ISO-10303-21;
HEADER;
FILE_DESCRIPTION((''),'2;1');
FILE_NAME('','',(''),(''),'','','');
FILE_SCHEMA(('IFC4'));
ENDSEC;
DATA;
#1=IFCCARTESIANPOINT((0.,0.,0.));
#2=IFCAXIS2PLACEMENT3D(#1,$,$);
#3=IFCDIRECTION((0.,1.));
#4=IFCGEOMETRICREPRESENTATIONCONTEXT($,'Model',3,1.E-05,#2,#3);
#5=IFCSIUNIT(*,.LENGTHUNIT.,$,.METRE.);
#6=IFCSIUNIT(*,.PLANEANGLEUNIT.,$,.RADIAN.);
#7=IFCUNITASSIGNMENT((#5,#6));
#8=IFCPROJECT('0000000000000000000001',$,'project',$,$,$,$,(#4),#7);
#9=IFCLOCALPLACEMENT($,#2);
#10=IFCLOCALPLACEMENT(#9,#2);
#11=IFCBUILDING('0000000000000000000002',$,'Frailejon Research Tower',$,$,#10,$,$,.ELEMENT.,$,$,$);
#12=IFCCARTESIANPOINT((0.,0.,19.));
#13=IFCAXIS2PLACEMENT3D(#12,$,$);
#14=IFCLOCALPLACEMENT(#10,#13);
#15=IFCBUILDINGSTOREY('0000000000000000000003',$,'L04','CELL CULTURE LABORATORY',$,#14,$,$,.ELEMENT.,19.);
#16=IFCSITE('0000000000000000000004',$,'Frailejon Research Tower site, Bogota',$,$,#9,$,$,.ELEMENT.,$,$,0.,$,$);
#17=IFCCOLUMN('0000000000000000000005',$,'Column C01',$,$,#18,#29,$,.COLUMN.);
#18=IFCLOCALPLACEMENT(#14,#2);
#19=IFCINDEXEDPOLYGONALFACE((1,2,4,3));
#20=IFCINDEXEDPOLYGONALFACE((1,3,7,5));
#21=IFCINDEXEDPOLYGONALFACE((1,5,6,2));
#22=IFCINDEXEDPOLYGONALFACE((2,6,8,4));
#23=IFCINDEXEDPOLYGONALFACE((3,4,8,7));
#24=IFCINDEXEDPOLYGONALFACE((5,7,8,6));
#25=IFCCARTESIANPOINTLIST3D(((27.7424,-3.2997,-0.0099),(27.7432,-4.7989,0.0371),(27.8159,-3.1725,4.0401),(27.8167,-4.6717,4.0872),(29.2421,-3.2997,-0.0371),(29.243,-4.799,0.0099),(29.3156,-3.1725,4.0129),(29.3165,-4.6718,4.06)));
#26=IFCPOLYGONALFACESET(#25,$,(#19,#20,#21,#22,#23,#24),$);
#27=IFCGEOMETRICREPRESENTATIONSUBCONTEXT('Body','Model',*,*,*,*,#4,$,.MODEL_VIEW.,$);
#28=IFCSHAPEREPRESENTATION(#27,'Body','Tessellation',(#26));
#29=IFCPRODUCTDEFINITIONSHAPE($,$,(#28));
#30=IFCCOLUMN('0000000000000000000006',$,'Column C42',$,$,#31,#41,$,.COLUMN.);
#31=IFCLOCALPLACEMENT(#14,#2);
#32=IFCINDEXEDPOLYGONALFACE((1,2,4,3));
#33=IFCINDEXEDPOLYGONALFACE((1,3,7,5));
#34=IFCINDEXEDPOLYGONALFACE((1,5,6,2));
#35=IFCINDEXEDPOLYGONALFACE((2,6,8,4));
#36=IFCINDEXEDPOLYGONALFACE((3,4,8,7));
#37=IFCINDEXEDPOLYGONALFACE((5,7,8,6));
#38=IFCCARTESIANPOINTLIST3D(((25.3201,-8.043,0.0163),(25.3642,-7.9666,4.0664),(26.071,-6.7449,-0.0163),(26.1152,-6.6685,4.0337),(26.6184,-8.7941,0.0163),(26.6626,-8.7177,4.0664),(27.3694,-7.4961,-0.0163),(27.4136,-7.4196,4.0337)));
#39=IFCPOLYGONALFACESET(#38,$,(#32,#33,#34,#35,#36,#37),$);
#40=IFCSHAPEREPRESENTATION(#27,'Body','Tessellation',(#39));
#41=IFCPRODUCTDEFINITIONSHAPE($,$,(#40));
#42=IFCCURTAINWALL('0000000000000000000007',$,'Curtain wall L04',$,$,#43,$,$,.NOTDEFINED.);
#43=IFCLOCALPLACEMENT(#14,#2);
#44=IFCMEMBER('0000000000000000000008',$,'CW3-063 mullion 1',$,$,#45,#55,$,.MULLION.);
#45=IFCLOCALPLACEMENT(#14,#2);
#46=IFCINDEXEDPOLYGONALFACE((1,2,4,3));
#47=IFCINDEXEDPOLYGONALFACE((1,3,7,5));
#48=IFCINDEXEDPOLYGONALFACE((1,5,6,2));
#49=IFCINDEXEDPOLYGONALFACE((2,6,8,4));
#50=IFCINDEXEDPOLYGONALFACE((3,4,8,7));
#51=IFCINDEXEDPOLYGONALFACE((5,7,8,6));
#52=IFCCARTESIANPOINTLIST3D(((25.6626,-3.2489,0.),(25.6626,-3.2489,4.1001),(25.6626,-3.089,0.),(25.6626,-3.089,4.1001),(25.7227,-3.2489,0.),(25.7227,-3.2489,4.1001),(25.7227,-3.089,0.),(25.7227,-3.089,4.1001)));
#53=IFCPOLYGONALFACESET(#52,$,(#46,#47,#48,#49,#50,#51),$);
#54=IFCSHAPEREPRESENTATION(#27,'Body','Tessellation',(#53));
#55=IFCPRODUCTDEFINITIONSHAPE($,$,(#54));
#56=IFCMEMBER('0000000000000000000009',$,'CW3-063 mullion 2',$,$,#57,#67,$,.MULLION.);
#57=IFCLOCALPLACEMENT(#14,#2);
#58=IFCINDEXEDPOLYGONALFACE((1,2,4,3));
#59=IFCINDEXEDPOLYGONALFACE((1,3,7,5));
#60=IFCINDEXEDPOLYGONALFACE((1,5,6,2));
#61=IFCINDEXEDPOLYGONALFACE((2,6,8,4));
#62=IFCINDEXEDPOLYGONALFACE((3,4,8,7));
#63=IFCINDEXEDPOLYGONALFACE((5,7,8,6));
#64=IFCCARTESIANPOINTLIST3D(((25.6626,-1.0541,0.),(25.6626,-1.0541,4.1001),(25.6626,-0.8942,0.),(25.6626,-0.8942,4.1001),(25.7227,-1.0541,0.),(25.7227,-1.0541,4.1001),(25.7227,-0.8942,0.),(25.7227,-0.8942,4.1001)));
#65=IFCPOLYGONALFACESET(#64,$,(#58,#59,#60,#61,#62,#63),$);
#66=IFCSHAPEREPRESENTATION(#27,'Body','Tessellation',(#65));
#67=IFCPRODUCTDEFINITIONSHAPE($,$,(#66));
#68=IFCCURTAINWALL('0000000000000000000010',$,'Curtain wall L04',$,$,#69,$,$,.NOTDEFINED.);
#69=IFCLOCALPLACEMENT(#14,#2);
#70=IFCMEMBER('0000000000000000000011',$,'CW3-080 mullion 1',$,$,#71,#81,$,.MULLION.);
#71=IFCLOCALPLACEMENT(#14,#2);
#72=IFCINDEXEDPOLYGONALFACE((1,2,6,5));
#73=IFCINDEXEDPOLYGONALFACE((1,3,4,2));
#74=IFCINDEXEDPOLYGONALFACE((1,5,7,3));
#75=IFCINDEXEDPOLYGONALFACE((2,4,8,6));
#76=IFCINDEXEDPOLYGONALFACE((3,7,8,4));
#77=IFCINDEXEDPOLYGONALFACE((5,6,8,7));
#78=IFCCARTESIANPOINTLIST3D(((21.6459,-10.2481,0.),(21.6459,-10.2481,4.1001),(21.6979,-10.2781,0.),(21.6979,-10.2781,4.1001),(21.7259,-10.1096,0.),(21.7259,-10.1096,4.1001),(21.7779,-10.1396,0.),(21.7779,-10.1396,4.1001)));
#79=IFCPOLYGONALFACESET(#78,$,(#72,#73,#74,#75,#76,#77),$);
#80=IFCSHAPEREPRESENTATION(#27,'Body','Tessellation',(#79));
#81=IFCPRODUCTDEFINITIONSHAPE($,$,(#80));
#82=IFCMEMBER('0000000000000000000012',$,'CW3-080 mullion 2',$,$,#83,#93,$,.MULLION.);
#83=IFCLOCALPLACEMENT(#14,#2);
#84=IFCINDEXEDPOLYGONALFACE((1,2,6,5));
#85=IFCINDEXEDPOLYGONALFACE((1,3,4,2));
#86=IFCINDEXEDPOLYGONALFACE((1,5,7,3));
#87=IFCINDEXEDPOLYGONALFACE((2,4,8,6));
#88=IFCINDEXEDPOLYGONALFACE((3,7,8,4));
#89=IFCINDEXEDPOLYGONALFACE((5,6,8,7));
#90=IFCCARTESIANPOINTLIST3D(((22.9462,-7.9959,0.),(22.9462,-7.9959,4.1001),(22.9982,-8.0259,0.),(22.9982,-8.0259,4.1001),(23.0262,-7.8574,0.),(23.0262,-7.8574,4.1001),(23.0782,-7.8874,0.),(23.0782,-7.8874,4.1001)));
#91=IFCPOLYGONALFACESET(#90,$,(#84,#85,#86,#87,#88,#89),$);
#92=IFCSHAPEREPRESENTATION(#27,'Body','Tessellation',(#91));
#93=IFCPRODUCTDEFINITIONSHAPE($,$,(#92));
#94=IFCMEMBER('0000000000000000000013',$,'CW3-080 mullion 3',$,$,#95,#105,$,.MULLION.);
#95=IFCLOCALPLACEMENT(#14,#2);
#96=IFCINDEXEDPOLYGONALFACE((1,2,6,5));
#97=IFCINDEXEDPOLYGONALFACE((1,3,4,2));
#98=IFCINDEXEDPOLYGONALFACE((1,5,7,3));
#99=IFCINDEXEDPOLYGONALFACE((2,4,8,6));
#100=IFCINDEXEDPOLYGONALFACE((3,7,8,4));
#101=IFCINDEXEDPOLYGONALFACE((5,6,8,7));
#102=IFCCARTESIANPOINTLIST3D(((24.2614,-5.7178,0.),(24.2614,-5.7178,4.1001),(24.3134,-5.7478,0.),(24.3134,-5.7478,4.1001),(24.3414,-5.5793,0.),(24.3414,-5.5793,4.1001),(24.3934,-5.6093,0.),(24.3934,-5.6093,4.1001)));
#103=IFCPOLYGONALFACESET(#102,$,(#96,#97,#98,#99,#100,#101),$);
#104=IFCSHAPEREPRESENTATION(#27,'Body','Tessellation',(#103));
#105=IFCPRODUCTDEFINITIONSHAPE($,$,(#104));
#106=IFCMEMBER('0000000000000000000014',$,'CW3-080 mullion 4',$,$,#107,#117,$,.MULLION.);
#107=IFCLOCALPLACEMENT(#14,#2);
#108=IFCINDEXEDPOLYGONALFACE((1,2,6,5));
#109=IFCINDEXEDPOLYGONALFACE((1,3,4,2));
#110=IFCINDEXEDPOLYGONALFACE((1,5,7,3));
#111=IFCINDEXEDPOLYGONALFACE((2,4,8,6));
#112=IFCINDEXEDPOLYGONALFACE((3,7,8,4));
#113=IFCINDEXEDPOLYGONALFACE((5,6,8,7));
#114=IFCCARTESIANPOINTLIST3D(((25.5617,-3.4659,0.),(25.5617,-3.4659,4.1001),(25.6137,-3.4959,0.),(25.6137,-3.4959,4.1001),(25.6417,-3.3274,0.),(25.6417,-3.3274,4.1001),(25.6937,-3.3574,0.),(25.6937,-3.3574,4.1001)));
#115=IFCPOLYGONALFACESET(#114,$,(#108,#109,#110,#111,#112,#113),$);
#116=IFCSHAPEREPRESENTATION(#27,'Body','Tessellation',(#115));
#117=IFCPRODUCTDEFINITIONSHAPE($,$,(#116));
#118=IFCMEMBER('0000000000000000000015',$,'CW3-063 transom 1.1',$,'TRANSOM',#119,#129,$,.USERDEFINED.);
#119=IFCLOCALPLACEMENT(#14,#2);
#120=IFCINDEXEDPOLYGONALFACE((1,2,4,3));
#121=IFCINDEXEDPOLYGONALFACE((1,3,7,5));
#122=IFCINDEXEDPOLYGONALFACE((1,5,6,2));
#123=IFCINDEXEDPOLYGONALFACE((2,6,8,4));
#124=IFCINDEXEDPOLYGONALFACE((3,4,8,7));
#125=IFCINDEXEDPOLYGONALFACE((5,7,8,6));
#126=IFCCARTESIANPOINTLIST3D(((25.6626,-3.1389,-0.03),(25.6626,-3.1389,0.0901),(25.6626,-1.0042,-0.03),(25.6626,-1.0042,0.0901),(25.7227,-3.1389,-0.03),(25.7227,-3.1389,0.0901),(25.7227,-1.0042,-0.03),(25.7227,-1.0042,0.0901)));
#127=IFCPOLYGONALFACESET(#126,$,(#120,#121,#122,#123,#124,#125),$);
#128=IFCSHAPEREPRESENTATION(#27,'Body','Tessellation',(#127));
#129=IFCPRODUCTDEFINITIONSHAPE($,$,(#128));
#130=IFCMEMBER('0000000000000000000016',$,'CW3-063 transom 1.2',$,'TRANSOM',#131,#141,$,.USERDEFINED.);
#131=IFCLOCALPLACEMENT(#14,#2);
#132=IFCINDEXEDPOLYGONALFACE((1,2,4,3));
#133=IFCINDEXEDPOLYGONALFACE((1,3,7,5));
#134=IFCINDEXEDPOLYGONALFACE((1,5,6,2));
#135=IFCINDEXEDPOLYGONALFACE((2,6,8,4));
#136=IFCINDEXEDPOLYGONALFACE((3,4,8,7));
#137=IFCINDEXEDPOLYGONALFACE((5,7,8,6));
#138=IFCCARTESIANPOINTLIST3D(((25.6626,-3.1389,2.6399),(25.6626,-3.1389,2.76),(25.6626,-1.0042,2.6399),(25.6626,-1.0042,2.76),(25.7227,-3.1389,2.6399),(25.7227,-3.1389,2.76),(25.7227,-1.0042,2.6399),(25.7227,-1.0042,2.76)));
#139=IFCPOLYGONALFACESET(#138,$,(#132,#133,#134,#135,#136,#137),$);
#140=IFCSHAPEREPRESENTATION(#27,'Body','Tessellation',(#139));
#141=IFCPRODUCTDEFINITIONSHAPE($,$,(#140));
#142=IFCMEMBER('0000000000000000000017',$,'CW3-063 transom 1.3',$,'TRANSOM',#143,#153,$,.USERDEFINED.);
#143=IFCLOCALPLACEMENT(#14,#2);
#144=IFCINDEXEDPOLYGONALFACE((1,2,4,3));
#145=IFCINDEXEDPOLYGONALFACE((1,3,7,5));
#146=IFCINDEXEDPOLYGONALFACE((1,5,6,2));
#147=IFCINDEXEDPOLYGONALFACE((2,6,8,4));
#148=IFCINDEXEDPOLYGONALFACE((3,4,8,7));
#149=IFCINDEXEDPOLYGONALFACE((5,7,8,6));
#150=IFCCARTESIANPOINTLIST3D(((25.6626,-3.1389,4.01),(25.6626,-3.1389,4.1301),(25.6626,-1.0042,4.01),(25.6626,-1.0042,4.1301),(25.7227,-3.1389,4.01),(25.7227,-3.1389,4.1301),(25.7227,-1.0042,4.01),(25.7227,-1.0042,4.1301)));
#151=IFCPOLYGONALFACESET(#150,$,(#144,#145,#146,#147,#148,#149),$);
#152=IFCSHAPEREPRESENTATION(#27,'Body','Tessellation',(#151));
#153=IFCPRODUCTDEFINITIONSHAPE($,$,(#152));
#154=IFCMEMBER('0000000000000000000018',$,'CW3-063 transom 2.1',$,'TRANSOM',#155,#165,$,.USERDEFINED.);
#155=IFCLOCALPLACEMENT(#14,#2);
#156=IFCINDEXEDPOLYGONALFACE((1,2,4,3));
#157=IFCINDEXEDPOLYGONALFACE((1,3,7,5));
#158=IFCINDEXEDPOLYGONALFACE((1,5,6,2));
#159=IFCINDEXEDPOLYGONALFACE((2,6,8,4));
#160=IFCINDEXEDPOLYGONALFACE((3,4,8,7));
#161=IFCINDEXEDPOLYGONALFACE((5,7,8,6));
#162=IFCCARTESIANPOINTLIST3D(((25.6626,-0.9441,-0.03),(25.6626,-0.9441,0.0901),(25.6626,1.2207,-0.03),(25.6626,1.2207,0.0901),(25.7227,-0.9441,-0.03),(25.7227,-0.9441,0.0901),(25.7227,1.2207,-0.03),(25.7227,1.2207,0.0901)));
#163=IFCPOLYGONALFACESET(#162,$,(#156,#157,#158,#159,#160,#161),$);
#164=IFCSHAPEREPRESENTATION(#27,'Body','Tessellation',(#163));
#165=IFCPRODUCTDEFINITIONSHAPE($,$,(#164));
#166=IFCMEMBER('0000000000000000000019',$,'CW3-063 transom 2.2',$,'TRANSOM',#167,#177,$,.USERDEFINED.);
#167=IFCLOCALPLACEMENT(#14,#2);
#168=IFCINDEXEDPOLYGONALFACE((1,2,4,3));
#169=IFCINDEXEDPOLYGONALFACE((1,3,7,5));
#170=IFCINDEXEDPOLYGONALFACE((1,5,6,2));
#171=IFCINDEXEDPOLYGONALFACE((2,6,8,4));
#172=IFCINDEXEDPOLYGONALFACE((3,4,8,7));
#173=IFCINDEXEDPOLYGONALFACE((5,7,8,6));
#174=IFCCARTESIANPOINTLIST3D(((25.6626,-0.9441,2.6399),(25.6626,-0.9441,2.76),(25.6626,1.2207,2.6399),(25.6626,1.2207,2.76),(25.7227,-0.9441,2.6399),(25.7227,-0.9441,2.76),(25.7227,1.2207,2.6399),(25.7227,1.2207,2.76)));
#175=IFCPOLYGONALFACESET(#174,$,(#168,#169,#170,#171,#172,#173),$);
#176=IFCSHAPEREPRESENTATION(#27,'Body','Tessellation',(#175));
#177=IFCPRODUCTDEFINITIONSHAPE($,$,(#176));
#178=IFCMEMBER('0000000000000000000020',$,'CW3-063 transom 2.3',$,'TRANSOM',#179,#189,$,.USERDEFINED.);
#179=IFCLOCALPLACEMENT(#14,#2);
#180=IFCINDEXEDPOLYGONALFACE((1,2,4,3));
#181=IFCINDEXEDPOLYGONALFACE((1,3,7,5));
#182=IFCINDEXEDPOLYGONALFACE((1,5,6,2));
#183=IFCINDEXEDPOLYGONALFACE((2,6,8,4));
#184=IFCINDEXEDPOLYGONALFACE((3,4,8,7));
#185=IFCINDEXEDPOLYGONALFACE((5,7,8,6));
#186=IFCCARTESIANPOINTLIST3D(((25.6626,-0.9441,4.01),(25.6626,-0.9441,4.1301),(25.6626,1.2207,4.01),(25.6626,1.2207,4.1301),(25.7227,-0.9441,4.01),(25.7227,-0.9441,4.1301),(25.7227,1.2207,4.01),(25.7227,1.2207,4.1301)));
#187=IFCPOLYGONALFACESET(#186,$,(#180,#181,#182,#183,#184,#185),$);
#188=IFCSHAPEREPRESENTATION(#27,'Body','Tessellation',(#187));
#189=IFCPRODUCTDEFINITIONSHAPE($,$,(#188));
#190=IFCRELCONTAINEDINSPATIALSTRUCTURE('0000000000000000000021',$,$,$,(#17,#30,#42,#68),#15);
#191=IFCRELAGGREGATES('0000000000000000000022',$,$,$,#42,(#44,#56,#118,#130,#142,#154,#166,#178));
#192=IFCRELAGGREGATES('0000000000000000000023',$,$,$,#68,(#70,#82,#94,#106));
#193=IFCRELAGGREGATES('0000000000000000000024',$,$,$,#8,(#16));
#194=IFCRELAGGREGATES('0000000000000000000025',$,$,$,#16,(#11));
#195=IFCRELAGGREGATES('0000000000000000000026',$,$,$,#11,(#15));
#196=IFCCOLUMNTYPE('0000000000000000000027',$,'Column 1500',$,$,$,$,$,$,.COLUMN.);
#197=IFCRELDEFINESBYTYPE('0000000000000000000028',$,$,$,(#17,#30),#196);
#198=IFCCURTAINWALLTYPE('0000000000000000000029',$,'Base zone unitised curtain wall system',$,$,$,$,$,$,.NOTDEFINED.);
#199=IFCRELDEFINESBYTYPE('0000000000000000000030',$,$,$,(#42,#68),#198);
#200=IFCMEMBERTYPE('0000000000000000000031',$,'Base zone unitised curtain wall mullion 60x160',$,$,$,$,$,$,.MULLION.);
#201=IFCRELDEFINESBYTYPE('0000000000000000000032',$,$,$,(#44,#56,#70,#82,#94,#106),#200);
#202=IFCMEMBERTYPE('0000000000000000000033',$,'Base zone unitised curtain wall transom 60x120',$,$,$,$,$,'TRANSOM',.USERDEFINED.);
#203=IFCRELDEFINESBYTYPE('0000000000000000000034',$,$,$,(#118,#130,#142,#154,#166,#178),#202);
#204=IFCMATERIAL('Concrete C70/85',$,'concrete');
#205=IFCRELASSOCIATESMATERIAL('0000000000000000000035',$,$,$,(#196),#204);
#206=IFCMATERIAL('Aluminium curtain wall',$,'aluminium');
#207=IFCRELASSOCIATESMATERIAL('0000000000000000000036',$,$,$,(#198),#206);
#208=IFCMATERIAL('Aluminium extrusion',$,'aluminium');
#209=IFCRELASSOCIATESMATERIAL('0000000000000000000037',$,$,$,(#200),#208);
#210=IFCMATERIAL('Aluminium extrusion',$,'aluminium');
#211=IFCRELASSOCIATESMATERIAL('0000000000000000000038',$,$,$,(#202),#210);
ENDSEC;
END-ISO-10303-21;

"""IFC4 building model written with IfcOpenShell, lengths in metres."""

from ifc_helpers import new_model, si_unit, direction, frame, origin, origin_2d, place, context, subcontext, project, spatial, rectangle, extrude, material, material_profile, profile_set, type_object, element, aggregate, save


model = new_model("IFC4")

# Units and contexts
model_context = context("Model", 3, precision=1e-05, world=origin(), true_north=direction((0.0, 1.0)))
body_context = subcontext(model_context, "Body", "Model", "MODEL_VIEW")
ifc_project = project(units=[si_unit("LENGTHUNIT", "METRE"), si_unit("PLANEANGLEUNIT", "RADIAN")], contexts=[model_context])

# Site, building, storey
site_placement = place(None, origin())
site = spatial("IfcSite", under=ifc_project, at=site_placement, Name="Frailejon Research Tower site, Bogota", CompositionType="ELEMENT", RefElevation=0.0)
building_placement = place(site_placement, origin())
building = spatial("IfcBuilding", under=site, at=building_placement, Name="Frailejon Research Tower", CompositionType="ELEMENT")
storey_placement = place(building_placement, frame((0.0, 0.0, 19.0)))
storey = spatial("IfcBuildingStorey", under=building, at=storey_placement, Name="L04", Description="CELL CULTURE LABORATORY", CompositionType="ELEMENT", Elevation=19.0)

# Columns
ifc_material_1 = material(Name="Concrete C70/85", Category="concrete")
ifc_material_profile_1 = material_profile(ifc_material_1, rectangle(XDim=1.5, YDim=1.5, at=origin_2d()), Name="Column 1500")
ifc_profile_set_1 = profile_set([ifc_material_profile_1], Name="Concrete C70/85")
column_type = type_object("IfcColumnType", Name="Column 1500", PredefinedType="COLUMN", material=ifc_profile_set_1)
column_1_placement = place(storey_placement, frame((28.4927, -4.0493, 0.0), z_axis=(0.018133, 0.031386, 0.999343), x_axis=(-0.000565, 0.999507, -0.031381)))
element("IfcColumn", 1, at=column_1_placement, inside=storey, type_object=column_type, Name="Column C01", PredefinedType="COLUMN", context=body_context, shape_type="SweptSolid", body=[
    extrude(rectangle(XDim=1.5, YDim=1.5, at=origin_2d()), origin(), (0.0, 0.0, 1.0), 4.0527),
])
column_2_placement = place(storey_placement, frame((26.3447, -7.7695, 0.0), z_axis=(0.010908, 0.018863, 0.999763), x_axis=(0.500638, 0.865382, -0.02179)))
element("IfcColumn", 2, at=column_2_placement, inside=storey, type_object=column_type, Name="Column C42", PredefinedType="COLUMN", context=body_context, shape_type="SweptSolid", body=[
    extrude(rectangle(XDim=1.5, YDim=1.5, at=origin_2d()), origin(), (0.0, 0.0, 1.0), 4.051),
])

# Curtain walls, members
ifc_material_2 = material(Name="Aluminium curtain wall", Category="aluminium")
curtain_wall_type = type_object("IfcCurtainWallType", Name="Base zone unitised curtain wall system", PredefinedType="NOTDEFINED", material=ifc_material_2)
curtain_wall_1_placement = place(storey_placement, origin())
curtain_wall_1 = element("IfcCurtainWall", 3, at=curtain_wall_1_placement, inside=storey, type_object=curtain_wall_type, Name="Curtain wall L04", PredefinedType="NOTDEFINED")
ifc_material_3 = material(Name="Aluminium extrusion", Category="aluminium")
ifc_material_profile_2 = material_profile(ifc_material_3, rectangle(XDim=0.0601, YDim=0.1599, at=origin_2d()), Name="Base zone unitised curtain wall mullion 60x160")
ifc_profile_set_2 = profile_set([ifc_material_profile_2], Name="Aluminium extrusion")
member_type_1 = type_object("IfcMemberType", Name="Base zone unitised curtain wall mullion 60x160", PredefinedType="MULLION", material=ifc_profile_set_2)
member_1_placement = place(storey_placement, frame((25.6926, -3.1689, 0.0), z_axis=(0.0, 0.0, 1.0), x_axis=(-1.0, 0.0, 0.0)))
member_1 = element("IfcMember", 4, at=member_1_placement, type_object=member_type_1, Name="CW3-063 mullion 1", PredefinedType="MULLION", context=body_context, shape_type="SweptSolid", body=[
    extrude(rectangle(XDim=0.0601, YDim=0.1599, at=origin_2d()), origin(), (0.0, 0.0, 1.0), 4.1001),
])
member_2_placement = place(storey_placement, frame((25.6926, -0.9741, 0.0), z_axis=(0.0, 0.0, 1.0), x_axis=(-1.0, 0.0, 0.0)))
member_2 = element("IfcMember", 5, at=member_2_placement, type_object=member_type_1, Name="CW3-063 mullion 2", PredefinedType="MULLION", context=body_context, shape_type="SweptSolid", body=[
    extrude(rectangle(XDim=0.0601, YDim=0.1599, at=origin_2d()), origin(), (0.0, 0.0, 1.0), 4.1001),
])
curtain_wall_2_placement = place(storey_placement, origin())
curtain_wall_2 = element("IfcCurtainWall", 6, at=curtain_wall_2_placement, inside=storey, type_object=curtain_wall_type, Name="Curtain wall L04", PredefinedType="NOTDEFINED")
member_3_placement = place(storey_placement, frame((21.7119, -10.1938, 0.0), z_axis=(0.0, 0.0, 1.0), x_axis=(-0.866027, 0.499997, 0.0)))
member_3 = element("IfcMember", 7, at=member_3_placement, type_object=member_type_1, Name="CW3-080 mullion 1", PredefinedType="MULLION", context=body_context, shape_type="SweptSolid", body=[
    extrude(rectangle(XDim=0.0601, YDim=0.1599, at=origin_2d()), origin(), (0.0, 0.0, 1.0), 4.1001),
])
member_4_placement = place(storey_placement, frame((23.0122, -7.9417, 0.0), z_axis=(0.0, 0.0, 1.0), x_axis=(-0.866027, 0.499997, 0.0)))
member_4 = element("IfcMember", 8, at=member_4_placement, type_object=member_type_1, Name="CW3-080 mullion 2", PredefinedType="MULLION", context=body_context, shape_type="SweptSolid", body=[
    extrude(rectangle(XDim=0.0601, YDim=0.1599, at=origin_2d()), origin(), (0.0, 0.0, 1.0), 4.1001),
])
member_5_placement = place(storey_placement, frame((24.3274, -5.6636, 0.0), z_axis=(0.0, 0.0, 1.0), x_axis=(-0.866027, 0.499997, 0.0)))
member_5 = element("IfcMember", 9, at=member_5_placement, type_object=member_type_1, Name="CW3-080 mullion 3", PredefinedType="MULLION", context=body_context, shape_type="SweptSolid", body=[
    extrude(rectangle(XDim=0.0601, YDim=0.1599, at=origin_2d()), origin(), (0.0, 0.0, 1.0), 4.1001),
])
member_6_placement = place(storey_placement, frame((25.6277, -3.4116, 0.0), z_axis=(0.0, 0.0, 1.0), x_axis=(-0.866027, 0.499997, 0.0)))
member_6 = element("IfcMember", 10, at=member_6_placement, type_object=member_type_1, Name="CW3-080 mullion 4", PredefinedType="MULLION", context=body_context, shape_type="SweptSolid", body=[
    extrude(rectangle(XDim=0.0601, YDim=0.1599, at=origin_2d()), origin(), (0.0, 0.0, 1.0), 4.1001),
])

# Members
ifc_material_4 = material(Name="Aluminium extrusion", Category="aluminium")
ifc_material_profile_3 = material_profile(ifc_material_4, rectangle(XDim=0.0601, YDim=0.1201, at=origin_2d()), Name="Base zone unitised curtain wall transom 60x120")
ifc_profile_set_3 = profile_set([ifc_material_profile_3], Name="Aluminium extrusion")
member_type_2 = type_object("IfcMemberType", Name="Base zone unitised curtain wall transom 60x120", ElementType="TRANSOM", PredefinedType="USERDEFINED", material=ifc_profile_set_3)
member_7_placement = place(storey_placement, frame((25.6926, -3.1389, 0.03), z_axis=(0.0, 1.0, 0.0), x_axis=(-1.0, 0.0, 0.0)))
member_7 = element("IfcMember", 11, at=member_7_placement, type_object=member_type_2, Name="CW3-063 transom 1.1", ObjectType="TRANSOM", PredefinedType="USERDEFINED", context=body_context, shape_type="SweptSolid", body=[
    extrude(rectangle(XDim=0.0601, YDim=0.1201, at=origin_2d()), origin(), (0.0, 0.0, 1.0), 2.1348),
])
member_8_placement = place(storey_placement, frame((25.6926, -3.1389, 2.7), z_axis=(0.0, 1.0, 0.0), x_axis=(-1.0, 0.0, 0.0)))
member_8 = element("IfcMember", 12, at=member_8_placement, type_object=member_type_2, Name="CW3-063 transom 1.2", ObjectType="TRANSOM", PredefinedType="USERDEFINED", context=body_context, shape_type="SweptSolid", body=[
    extrude(rectangle(XDim=0.0601, YDim=0.1201, at=origin_2d()), origin(), (0.0, 0.0, 1.0), 2.1348),
])
member_9_placement = place(storey_placement, frame((25.6926, -3.1389, 4.0701), z_axis=(0.0, 1.0, 0.0), x_axis=(-1.0, 0.0, 0.0)))
member_9 = element("IfcMember", 13, at=member_9_placement, type_object=member_type_2, Name="CW3-063 transom 1.3", ObjectType="TRANSOM", PredefinedType="USERDEFINED", context=body_context, shape_type="SweptSolid", body=[
    extrude(rectangle(XDim=0.0601, YDim=0.1201, at=origin_2d()), origin(), (0.0, 0.0, 1.0), 2.1348),
])
member_10_placement = place(storey_placement, frame((25.6926, -0.9441, 0.03), z_axis=(0.0, 1.0, 0.0), x_axis=(-1.0, 0.0, 0.0)))
member_10 = element("IfcMember", 14, at=member_10_placement, type_object=member_type_2, Name="CW3-063 transom 2.1", ObjectType="TRANSOM", PredefinedType="USERDEFINED", context=body_context, shape_type="SweptSolid", body=[
    extrude(rectangle(XDim=0.0601, YDim=0.1201, at=origin_2d()), origin(), (0.0, 0.0, 1.0), 2.1648),
])
member_11_placement = place(storey_placement, frame((25.6926, -0.9441, 2.7), z_axis=(0.0, 1.0, 0.0), x_axis=(-1.0, 0.0, 0.0)))
member_11 = element("IfcMember", 15, at=member_11_placement, type_object=member_type_2, Name="CW3-063 transom 2.2", ObjectType="TRANSOM", PredefinedType="USERDEFINED", context=body_context, shape_type="SweptSolid", body=[
    extrude(rectangle(XDim=0.0601, YDim=0.1201, at=origin_2d()), origin(), (0.0, 0.0, 1.0), 2.1648),
])
member_12_placement = place(storey_placement, frame((25.6926, -0.9441, 4.0701), z_axis=(0.0, 1.0, 0.0), x_axis=(-1.0, 0.0, 0.0)))
member_12 = element("IfcMember", 16, at=member_12_placement, type_object=member_type_2, Name="CW3-063 transom 2.3", ObjectType="TRANSOM", PredefinedType="USERDEFINED", context=body_context, shape_type="SweptSolid", body=[
    extrude(rectangle(XDim=0.0601, YDim=0.1201, at=origin_2d()), origin(), (0.0, 0.0, 1.0), 2.1648),
])

aggregate(curtain_wall_1, [member_1, member_2, member_7, member_8, member_9, member_10, member_11, member_12])
aggregate(curtain_wall_2, [member_3, member_4, member_5, member_6])

save(model, "model.ifc")
